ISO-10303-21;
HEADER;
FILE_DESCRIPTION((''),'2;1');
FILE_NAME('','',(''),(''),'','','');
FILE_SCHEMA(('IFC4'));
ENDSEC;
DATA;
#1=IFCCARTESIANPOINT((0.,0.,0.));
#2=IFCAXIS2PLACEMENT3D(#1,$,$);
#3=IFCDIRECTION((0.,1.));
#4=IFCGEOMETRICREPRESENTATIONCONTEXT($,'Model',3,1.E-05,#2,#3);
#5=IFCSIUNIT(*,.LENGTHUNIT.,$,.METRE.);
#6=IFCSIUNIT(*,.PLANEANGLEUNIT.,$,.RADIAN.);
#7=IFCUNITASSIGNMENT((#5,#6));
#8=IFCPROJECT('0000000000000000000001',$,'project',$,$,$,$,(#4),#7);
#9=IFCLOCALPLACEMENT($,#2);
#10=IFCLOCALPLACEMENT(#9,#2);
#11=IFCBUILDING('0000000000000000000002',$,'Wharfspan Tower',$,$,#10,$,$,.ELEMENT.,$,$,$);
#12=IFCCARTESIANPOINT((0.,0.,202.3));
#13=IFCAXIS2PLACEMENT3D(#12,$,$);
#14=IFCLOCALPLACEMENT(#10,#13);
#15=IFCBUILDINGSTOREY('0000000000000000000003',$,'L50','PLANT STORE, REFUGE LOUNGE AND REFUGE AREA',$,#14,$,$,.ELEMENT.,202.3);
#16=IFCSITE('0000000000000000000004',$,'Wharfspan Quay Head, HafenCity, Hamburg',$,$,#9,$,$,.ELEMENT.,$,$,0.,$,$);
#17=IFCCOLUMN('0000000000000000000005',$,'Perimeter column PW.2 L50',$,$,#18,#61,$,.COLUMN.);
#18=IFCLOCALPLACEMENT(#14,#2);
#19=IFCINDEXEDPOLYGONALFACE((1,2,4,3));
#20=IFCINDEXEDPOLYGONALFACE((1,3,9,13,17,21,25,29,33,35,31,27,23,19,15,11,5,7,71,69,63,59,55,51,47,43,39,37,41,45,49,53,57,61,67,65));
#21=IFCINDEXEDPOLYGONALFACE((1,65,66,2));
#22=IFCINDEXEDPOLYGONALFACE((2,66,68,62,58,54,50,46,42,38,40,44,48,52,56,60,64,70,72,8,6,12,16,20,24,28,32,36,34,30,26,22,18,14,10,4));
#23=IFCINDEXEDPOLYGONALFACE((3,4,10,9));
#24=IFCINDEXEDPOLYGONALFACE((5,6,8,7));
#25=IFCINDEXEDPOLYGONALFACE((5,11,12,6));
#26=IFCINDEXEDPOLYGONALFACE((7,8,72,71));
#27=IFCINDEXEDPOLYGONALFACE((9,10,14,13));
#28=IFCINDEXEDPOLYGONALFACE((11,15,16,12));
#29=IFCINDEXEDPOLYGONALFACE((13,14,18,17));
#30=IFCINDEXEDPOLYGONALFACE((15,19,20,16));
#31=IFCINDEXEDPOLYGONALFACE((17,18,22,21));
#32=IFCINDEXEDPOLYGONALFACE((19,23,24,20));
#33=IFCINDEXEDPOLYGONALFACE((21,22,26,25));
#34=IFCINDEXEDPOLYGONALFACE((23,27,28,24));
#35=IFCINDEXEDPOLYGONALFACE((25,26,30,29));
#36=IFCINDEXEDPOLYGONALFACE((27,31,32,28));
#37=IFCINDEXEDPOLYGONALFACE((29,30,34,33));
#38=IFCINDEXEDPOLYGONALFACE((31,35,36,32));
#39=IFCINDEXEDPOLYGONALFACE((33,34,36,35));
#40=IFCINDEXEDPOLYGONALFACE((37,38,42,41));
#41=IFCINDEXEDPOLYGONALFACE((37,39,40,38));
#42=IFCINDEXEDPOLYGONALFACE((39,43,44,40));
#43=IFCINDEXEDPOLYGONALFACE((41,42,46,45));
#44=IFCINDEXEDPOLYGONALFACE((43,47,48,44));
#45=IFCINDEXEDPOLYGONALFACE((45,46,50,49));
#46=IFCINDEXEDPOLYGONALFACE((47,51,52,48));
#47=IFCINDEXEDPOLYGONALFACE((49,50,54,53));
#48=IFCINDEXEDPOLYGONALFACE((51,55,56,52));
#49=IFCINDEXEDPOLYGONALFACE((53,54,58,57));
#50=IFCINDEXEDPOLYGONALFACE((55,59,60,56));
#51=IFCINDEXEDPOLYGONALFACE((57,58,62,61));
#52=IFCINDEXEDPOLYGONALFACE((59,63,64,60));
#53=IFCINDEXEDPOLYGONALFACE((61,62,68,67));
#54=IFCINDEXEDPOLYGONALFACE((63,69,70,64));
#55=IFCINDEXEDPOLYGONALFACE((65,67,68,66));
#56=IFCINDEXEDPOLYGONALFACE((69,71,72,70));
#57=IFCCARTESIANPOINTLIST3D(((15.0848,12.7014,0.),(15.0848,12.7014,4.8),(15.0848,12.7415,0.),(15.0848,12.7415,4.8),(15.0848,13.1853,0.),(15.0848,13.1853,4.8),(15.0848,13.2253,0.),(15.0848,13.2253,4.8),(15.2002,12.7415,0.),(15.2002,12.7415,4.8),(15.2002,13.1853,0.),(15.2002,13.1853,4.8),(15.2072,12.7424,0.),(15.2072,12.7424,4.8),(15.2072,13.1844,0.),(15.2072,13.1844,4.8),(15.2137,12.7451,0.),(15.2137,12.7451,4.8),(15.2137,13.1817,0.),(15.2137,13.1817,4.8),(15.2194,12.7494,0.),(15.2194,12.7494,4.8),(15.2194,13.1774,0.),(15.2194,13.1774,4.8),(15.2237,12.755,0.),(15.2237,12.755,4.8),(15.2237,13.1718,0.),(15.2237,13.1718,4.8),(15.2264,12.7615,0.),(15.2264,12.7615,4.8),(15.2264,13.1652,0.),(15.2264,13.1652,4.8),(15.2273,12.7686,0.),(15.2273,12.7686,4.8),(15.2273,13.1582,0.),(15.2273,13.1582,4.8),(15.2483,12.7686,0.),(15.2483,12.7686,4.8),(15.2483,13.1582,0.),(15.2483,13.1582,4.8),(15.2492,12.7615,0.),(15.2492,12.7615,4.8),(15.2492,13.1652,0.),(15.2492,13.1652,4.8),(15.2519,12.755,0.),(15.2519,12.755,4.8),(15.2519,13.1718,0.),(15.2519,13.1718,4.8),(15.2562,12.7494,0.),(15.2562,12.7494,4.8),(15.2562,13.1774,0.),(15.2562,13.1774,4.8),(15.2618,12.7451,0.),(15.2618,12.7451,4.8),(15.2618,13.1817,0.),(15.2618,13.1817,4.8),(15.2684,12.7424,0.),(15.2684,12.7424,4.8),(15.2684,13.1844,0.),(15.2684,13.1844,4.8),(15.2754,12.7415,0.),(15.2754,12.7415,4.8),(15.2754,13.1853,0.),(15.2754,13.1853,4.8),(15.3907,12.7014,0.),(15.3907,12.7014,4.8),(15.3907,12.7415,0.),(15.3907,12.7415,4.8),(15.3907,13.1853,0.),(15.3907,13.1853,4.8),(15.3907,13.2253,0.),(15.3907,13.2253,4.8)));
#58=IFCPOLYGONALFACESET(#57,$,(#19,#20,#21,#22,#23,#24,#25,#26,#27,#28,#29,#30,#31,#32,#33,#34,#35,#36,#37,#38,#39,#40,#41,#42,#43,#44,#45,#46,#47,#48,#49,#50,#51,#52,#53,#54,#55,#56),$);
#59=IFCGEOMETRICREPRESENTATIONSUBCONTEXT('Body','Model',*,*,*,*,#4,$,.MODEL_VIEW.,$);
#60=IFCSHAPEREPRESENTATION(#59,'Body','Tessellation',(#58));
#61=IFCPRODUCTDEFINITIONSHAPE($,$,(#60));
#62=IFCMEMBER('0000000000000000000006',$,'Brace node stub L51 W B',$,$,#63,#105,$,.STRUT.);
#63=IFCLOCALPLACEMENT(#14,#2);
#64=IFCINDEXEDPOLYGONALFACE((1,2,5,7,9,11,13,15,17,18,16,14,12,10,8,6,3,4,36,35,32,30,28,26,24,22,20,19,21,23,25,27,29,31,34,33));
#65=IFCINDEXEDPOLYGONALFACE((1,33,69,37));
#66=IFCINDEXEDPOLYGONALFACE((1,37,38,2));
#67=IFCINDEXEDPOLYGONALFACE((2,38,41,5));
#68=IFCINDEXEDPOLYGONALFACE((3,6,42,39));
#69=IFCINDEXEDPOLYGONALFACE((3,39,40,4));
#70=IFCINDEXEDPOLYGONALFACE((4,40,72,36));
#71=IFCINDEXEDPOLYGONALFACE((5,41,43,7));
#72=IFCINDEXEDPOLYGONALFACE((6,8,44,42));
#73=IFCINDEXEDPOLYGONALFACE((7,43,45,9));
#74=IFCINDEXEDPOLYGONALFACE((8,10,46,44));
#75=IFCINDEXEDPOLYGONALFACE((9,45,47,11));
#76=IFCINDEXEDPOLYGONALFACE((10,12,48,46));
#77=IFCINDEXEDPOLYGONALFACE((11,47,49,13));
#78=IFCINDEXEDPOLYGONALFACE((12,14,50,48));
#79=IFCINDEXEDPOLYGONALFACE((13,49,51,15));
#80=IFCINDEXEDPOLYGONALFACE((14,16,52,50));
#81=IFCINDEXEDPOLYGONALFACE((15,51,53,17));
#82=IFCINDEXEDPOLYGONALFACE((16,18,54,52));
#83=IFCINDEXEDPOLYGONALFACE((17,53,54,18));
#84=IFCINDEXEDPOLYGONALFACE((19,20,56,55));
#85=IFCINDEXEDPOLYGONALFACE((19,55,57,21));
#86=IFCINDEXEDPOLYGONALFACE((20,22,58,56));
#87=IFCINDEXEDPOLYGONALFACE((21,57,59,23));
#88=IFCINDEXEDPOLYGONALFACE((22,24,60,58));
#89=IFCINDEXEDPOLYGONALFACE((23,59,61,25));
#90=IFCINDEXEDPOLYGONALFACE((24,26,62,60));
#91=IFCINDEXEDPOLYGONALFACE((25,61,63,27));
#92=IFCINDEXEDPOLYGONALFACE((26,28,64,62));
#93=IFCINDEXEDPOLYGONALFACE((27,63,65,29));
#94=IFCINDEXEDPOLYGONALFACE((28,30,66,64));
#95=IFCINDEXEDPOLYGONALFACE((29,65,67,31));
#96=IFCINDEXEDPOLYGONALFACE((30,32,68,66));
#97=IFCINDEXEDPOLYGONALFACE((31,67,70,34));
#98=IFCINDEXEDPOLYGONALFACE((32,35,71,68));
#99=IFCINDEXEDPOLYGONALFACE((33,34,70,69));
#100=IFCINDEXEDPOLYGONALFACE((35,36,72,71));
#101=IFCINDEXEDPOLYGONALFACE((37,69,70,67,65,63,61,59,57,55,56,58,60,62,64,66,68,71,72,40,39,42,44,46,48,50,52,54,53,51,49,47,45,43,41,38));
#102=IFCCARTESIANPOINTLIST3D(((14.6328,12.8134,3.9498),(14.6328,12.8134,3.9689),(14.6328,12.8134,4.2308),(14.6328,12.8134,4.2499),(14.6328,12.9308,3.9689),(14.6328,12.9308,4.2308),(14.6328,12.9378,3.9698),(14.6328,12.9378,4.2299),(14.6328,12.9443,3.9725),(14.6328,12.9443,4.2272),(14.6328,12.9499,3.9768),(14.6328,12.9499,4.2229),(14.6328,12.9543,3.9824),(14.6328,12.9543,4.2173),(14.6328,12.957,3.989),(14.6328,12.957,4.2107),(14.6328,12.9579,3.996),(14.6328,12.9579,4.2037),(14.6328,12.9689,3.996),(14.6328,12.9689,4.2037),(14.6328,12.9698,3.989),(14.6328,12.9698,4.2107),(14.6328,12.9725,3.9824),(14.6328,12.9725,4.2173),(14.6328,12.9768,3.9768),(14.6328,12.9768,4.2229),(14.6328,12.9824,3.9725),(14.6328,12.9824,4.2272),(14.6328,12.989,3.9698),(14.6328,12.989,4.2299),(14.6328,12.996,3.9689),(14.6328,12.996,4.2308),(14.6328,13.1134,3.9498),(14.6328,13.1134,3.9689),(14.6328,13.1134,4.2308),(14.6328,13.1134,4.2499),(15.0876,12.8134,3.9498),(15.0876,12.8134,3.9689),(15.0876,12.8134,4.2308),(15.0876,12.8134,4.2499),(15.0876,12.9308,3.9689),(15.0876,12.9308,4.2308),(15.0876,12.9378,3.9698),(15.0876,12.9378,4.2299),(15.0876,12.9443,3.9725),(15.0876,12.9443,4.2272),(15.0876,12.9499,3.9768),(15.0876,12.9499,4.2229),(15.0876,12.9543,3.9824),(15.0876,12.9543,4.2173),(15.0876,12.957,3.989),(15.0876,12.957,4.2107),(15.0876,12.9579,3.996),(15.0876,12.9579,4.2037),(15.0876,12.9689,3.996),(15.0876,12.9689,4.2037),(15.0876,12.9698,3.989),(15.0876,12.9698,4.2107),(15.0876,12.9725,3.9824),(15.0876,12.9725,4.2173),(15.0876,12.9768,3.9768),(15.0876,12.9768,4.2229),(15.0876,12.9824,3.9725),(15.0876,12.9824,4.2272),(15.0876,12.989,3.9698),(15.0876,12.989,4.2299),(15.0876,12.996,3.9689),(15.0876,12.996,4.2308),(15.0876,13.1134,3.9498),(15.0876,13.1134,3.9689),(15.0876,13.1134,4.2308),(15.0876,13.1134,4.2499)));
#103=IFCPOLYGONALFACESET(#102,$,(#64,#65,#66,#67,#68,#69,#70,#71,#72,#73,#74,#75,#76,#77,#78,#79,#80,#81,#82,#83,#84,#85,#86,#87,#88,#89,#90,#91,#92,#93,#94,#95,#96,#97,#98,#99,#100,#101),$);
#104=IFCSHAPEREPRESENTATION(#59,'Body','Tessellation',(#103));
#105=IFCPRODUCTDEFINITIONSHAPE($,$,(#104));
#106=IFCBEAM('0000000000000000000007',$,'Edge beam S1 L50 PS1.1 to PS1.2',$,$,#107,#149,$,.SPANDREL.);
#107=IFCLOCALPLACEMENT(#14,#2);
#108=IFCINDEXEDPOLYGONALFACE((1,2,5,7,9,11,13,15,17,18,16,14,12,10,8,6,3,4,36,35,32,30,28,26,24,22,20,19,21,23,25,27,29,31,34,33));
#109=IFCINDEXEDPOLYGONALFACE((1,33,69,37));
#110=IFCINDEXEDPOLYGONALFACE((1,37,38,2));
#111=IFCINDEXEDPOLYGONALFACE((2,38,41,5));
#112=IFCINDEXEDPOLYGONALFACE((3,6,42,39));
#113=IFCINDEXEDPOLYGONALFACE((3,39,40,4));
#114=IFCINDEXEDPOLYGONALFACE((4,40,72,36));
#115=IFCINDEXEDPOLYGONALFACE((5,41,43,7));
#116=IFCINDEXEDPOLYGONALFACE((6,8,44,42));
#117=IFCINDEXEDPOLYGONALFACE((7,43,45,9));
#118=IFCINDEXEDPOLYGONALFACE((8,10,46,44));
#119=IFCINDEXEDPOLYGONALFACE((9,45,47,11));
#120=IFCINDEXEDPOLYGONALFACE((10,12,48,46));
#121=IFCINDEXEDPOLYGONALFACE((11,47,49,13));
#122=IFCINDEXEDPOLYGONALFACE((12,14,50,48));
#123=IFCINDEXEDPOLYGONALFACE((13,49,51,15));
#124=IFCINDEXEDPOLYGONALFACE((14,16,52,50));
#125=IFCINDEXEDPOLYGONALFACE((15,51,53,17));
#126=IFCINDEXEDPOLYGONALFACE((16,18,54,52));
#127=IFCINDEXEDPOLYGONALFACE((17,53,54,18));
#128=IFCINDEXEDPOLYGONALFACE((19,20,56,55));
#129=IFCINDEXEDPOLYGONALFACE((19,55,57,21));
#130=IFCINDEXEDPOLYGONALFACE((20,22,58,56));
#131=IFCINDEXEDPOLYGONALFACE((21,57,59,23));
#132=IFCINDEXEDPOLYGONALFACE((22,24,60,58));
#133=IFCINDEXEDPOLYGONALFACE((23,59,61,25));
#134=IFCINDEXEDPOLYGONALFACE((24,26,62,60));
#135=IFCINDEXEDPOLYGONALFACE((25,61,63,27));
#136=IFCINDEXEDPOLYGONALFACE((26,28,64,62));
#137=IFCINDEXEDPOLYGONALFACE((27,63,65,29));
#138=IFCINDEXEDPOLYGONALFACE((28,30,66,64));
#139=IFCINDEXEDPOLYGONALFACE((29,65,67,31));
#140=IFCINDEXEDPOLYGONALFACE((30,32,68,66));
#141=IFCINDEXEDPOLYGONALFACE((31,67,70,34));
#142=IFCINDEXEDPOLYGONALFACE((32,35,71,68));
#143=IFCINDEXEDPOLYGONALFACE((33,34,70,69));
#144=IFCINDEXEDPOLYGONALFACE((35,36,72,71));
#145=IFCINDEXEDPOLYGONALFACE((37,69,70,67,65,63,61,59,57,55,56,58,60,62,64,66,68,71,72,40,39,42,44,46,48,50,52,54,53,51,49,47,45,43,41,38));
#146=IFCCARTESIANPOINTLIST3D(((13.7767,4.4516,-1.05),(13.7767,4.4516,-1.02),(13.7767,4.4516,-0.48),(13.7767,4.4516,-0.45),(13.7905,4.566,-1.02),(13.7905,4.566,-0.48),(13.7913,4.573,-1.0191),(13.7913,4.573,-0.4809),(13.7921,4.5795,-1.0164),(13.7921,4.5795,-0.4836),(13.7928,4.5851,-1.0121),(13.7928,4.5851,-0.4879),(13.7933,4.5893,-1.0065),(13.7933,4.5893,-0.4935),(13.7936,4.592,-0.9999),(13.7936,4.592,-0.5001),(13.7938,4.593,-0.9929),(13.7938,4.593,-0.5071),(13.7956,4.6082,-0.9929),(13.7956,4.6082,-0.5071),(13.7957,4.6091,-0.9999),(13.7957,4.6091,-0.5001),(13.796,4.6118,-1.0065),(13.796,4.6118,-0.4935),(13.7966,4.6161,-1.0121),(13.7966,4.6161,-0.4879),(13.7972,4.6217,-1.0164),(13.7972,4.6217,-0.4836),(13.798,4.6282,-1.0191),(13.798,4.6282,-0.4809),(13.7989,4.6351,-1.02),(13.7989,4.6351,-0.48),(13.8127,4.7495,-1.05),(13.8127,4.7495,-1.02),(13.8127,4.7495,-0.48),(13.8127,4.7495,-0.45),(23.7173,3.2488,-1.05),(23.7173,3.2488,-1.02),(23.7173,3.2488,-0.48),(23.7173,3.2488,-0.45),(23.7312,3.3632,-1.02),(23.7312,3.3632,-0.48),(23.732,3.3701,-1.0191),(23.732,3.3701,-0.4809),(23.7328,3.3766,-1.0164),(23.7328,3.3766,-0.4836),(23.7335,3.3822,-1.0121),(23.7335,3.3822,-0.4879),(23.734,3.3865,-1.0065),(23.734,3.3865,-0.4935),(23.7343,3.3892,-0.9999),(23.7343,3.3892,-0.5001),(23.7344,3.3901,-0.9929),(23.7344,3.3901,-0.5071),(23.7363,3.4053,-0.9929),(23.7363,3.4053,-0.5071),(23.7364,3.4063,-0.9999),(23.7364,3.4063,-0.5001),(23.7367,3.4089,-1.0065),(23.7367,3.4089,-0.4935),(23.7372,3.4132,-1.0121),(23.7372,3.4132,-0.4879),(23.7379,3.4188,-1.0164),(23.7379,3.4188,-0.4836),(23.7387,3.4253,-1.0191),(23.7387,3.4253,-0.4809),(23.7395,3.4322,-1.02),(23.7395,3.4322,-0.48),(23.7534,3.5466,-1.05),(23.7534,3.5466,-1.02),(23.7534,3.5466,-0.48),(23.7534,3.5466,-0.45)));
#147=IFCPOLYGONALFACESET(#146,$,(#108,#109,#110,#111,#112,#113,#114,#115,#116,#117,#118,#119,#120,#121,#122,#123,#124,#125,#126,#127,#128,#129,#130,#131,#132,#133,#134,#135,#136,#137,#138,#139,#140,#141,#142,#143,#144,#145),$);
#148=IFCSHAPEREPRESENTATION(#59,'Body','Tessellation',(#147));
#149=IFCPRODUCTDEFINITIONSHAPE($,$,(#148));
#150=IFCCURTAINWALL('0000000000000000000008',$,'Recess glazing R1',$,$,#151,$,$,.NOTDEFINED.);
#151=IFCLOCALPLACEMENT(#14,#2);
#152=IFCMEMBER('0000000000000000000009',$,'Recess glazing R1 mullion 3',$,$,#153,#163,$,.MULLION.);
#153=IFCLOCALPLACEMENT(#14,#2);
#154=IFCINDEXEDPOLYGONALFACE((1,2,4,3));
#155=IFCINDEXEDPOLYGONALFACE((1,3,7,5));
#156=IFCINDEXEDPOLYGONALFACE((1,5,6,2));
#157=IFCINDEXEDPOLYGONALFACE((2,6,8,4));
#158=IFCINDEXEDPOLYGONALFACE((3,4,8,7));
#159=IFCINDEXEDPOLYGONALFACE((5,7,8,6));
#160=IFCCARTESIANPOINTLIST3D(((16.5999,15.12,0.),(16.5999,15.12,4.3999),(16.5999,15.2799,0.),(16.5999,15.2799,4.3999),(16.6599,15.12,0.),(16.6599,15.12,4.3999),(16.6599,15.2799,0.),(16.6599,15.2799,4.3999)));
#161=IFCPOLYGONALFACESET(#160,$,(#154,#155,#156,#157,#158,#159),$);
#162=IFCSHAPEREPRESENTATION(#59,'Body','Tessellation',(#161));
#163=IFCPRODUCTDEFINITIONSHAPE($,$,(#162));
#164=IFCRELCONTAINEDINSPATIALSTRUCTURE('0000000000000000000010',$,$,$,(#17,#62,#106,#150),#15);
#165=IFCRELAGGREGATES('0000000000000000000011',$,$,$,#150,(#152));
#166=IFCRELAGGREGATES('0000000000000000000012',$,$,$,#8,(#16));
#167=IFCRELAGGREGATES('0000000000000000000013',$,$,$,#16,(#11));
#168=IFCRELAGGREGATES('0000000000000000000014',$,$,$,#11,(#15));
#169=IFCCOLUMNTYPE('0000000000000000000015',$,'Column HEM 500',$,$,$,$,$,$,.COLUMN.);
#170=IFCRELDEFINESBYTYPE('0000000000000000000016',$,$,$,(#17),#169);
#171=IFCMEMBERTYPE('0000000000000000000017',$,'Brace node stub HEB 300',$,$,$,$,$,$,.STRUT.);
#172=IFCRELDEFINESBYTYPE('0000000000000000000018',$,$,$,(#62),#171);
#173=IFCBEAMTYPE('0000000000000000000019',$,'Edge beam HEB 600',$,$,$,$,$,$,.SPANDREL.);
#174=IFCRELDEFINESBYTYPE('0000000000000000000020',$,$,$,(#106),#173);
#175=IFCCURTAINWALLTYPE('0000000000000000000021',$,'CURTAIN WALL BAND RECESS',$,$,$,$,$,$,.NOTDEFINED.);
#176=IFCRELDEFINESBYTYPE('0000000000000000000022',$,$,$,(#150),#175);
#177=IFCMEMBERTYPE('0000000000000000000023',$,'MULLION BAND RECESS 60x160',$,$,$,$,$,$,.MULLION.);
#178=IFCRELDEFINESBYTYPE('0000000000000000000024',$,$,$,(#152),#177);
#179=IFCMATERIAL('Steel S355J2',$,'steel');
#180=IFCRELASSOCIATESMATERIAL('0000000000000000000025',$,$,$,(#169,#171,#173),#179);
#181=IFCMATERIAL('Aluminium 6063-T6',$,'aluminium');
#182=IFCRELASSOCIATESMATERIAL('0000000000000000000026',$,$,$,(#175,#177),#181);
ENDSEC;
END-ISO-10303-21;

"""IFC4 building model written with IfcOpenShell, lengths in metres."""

from ifc_helpers import new_model, si_unit, direction, frame, origin, origin_2d, place, context, subcontext, project, spatial, rectangle, i_section, extrude, material, material_profile, profile_set, type_object, element, aggregate, save


model = new_model("IFC4")

# Units and contexts
model_context = context("Model", 3, precision=1e-05, world=origin(), true_north=direction((0.0, 1.0)))
body_context = subcontext(model_context, "Body", "Model", "MODEL_VIEW")
ifc_project = project(units=[si_unit("LENGTHUNIT", "METRE"), si_unit("PLANEANGLEUNIT", "RADIAN")], contexts=[model_context])

# Site, building, storey
site_placement = place(None, origin())
site = spatial("IfcSite", under=ifc_project, at=site_placement, Name="Wharfspan Quay Head, HafenCity, Hamburg", CompositionType="ELEMENT", RefElevation=0.0)
building_placement = place(site_placement, origin())
building = spatial("IfcBuilding", under=site, at=building_placement, Name="Wharfspan Tower", CompositionType="ELEMENT")
storey_placement = place(building_placement, frame((0.0, 0.0, 202.3)))
storey = spatial("IfcBuildingStorey", under=building, at=storey_placement, Name="L50", Description="PLANT STORE, REFUGE LOUNGE AND REFUGE AREA", CompositionType="ELEMENT", Elevation=202.3)

# Column
ifc_material_1 = material(Name="Steel S355J2", Category="steel")
ifc_material_profile_1 = material_profile(ifc_material_1, i_section(OverallWidth=0.3059, OverallDepth=0.5239, WebThickness=0.021, FlangeThickness=0.04, FilletRadius=0.0271, at=origin_2d()))
ifc_profile_set_1 = profile_set([ifc_material_profile_1], Name="Steel S355J2")
column_type = type_object("IfcColumnType", Name="Column HEM 500", PredefinedType="COLUMN", material=ifc_profile_set_1)
column_placement = place(storey_placement, frame((15.2378, 12.9634, 0.0), z_axis=(0.0, 0.0, 1.0), x_axis=(-1.0, 0.0, 0.0)))
element("IfcColumn", 1, at=column_placement, inside=storey, type_object=column_type, Name="Perimeter column PW.2 L50", PredefinedType="COLUMN", context=body_context, shape_type="SweptSolid", body=[
    extrude(i_section(OverallWidth=0.3059, OverallDepth=0.5239, WebThickness=0.021, FlangeThickness=0.04, FilletRadius=0.0271, at=origin_2d()), origin(), (0.0, 0.0, 1.0), 4.8),
])

# Member
ifc_material_profile_2 = material_profile(ifc_material_1, i_section(OverallWidth=0.3, OverallDepth=0.3, WebThickness=0.011, FlangeThickness=0.019, FilletRadius=0.0271, at=origin_2d()))
ifc_profile_set_2 = profile_set([ifc_material_profile_2], Name="Steel S355J2")
member_type_1 = type_object("IfcMemberType", Name="Brace node stub HEB 300", PredefinedType="STRUT", material=ifc_profile_set_2)
member_1_placement = place(storey_placement, frame((15.0876, 12.9634, 4.0999), z_axis=(-1.0, 0.0, 0.0), x_axis=(0.0, -1.0, 0.0)))
element("IfcMember", 2, at=member_1_placement, inside=storey, type_object=member_type_1, Name="Brace node stub L51 W B", PredefinedType="STRUT", context=body_context, shape_type="SweptSolid", body=[
    extrude(i_section(OverallWidth=0.3, OverallDepth=0.3, WebThickness=0.011, FlangeThickness=0.019, FilletRadius=0.0271, at=origin_2d()), origin(), (0.0, 0.0, 1.0), 0.4548),
])

# Beam
ifc_material_profile_3 = material_profile(ifc_material_1, i_section(OverallWidth=0.3, OverallDepth=0.6001, WebThickness=0.0154, FlangeThickness=0.03, FilletRadius=0.0271, at=origin_2d()))
ifc_profile_set_3 = profile_set([ifc_material_profile_3], Name="Steel S355J2")
beam_type = type_object("IfcBeamType", Name="Edge beam HEB 600", PredefinedType="SPANDREL", material=ifc_profile_set_3)
beam_placement = place(storey_placement, frame((13.7947, 4.6006, -0.75), z_axis=(0.992758, -0.12013, 0.0), x_axis=(0.12013, 0.992758, 0.0)))
element("IfcBeam", 3, at=beam_placement, inside=storey, type_object=beam_type, Name="Edge beam S1 L50 PS1.1 to PS1.2", PredefinedType="SPANDREL", context=body_context, shape_type="SweptSolid", body=[
    extrude(i_section(OverallWidth=0.3, OverallDepth=0.6001, WebThickness=0.0154, FlangeThickness=0.03, FilletRadius=0.0271, at=origin_2d()), origin(), (0.0, 0.0, 1.0), 10.0132),
])

# Curtain wall, member
ifc_material_2 = material(Name="Aluminium 6063-T6", Category="aluminium")
curtain_wall_type = type_object("IfcCurtainWallType", Name="CURTAIN WALL BAND RECESS", PredefinedType="NOTDEFINED", material=ifc_material_2)
curtain_wall_placement = place(storey_placement, origin())
curtain_wall = element("IfcCurtainWall", 4, at=curtain_wall_placement, inside=storey, type_object=curtain_wall_type, Name="Recess glazing R1", PredefinedType="NOTDEFINED")
ifc_material_profile_4 = material_profile(ifc_material_2, rectangle(XDim=0.1599, YDim=0.0601, at=origin_2d()))
ifc_profile_set_4 = profile_set([ifc_material_profile_4], Name="Aluminium 6063-T6")
member_type_2 = type_object("IfcMemberType", Name="MULLION BAND RECESS 60x160", PredefinedType="MULLION", material=ifc_profile_set_4)
member_2_placement = place(storey_placement, frame((16.6299, 15.2, 0.0), z_axis=(0.0, 0.0, 1.0), x_axis=(0.0, -1.0, 0.0)))
member_2 = element("IfcMember", 5, at=member_2_placement, type_object=member_type_2, Name="Recess glazing R1 mullion 3", PredefinedType="MULLION", context=body_context, shape_type="SweptSolid", body=[
    extrude(rectangle(XDim=0.1599, YDim=0.0601, at=origin_2d()), origin(), (0.0, 0.0, 1.0), 4.3999),
])

aggregate(curtain_wall, [member_2])

save(model, "model.ifc")
